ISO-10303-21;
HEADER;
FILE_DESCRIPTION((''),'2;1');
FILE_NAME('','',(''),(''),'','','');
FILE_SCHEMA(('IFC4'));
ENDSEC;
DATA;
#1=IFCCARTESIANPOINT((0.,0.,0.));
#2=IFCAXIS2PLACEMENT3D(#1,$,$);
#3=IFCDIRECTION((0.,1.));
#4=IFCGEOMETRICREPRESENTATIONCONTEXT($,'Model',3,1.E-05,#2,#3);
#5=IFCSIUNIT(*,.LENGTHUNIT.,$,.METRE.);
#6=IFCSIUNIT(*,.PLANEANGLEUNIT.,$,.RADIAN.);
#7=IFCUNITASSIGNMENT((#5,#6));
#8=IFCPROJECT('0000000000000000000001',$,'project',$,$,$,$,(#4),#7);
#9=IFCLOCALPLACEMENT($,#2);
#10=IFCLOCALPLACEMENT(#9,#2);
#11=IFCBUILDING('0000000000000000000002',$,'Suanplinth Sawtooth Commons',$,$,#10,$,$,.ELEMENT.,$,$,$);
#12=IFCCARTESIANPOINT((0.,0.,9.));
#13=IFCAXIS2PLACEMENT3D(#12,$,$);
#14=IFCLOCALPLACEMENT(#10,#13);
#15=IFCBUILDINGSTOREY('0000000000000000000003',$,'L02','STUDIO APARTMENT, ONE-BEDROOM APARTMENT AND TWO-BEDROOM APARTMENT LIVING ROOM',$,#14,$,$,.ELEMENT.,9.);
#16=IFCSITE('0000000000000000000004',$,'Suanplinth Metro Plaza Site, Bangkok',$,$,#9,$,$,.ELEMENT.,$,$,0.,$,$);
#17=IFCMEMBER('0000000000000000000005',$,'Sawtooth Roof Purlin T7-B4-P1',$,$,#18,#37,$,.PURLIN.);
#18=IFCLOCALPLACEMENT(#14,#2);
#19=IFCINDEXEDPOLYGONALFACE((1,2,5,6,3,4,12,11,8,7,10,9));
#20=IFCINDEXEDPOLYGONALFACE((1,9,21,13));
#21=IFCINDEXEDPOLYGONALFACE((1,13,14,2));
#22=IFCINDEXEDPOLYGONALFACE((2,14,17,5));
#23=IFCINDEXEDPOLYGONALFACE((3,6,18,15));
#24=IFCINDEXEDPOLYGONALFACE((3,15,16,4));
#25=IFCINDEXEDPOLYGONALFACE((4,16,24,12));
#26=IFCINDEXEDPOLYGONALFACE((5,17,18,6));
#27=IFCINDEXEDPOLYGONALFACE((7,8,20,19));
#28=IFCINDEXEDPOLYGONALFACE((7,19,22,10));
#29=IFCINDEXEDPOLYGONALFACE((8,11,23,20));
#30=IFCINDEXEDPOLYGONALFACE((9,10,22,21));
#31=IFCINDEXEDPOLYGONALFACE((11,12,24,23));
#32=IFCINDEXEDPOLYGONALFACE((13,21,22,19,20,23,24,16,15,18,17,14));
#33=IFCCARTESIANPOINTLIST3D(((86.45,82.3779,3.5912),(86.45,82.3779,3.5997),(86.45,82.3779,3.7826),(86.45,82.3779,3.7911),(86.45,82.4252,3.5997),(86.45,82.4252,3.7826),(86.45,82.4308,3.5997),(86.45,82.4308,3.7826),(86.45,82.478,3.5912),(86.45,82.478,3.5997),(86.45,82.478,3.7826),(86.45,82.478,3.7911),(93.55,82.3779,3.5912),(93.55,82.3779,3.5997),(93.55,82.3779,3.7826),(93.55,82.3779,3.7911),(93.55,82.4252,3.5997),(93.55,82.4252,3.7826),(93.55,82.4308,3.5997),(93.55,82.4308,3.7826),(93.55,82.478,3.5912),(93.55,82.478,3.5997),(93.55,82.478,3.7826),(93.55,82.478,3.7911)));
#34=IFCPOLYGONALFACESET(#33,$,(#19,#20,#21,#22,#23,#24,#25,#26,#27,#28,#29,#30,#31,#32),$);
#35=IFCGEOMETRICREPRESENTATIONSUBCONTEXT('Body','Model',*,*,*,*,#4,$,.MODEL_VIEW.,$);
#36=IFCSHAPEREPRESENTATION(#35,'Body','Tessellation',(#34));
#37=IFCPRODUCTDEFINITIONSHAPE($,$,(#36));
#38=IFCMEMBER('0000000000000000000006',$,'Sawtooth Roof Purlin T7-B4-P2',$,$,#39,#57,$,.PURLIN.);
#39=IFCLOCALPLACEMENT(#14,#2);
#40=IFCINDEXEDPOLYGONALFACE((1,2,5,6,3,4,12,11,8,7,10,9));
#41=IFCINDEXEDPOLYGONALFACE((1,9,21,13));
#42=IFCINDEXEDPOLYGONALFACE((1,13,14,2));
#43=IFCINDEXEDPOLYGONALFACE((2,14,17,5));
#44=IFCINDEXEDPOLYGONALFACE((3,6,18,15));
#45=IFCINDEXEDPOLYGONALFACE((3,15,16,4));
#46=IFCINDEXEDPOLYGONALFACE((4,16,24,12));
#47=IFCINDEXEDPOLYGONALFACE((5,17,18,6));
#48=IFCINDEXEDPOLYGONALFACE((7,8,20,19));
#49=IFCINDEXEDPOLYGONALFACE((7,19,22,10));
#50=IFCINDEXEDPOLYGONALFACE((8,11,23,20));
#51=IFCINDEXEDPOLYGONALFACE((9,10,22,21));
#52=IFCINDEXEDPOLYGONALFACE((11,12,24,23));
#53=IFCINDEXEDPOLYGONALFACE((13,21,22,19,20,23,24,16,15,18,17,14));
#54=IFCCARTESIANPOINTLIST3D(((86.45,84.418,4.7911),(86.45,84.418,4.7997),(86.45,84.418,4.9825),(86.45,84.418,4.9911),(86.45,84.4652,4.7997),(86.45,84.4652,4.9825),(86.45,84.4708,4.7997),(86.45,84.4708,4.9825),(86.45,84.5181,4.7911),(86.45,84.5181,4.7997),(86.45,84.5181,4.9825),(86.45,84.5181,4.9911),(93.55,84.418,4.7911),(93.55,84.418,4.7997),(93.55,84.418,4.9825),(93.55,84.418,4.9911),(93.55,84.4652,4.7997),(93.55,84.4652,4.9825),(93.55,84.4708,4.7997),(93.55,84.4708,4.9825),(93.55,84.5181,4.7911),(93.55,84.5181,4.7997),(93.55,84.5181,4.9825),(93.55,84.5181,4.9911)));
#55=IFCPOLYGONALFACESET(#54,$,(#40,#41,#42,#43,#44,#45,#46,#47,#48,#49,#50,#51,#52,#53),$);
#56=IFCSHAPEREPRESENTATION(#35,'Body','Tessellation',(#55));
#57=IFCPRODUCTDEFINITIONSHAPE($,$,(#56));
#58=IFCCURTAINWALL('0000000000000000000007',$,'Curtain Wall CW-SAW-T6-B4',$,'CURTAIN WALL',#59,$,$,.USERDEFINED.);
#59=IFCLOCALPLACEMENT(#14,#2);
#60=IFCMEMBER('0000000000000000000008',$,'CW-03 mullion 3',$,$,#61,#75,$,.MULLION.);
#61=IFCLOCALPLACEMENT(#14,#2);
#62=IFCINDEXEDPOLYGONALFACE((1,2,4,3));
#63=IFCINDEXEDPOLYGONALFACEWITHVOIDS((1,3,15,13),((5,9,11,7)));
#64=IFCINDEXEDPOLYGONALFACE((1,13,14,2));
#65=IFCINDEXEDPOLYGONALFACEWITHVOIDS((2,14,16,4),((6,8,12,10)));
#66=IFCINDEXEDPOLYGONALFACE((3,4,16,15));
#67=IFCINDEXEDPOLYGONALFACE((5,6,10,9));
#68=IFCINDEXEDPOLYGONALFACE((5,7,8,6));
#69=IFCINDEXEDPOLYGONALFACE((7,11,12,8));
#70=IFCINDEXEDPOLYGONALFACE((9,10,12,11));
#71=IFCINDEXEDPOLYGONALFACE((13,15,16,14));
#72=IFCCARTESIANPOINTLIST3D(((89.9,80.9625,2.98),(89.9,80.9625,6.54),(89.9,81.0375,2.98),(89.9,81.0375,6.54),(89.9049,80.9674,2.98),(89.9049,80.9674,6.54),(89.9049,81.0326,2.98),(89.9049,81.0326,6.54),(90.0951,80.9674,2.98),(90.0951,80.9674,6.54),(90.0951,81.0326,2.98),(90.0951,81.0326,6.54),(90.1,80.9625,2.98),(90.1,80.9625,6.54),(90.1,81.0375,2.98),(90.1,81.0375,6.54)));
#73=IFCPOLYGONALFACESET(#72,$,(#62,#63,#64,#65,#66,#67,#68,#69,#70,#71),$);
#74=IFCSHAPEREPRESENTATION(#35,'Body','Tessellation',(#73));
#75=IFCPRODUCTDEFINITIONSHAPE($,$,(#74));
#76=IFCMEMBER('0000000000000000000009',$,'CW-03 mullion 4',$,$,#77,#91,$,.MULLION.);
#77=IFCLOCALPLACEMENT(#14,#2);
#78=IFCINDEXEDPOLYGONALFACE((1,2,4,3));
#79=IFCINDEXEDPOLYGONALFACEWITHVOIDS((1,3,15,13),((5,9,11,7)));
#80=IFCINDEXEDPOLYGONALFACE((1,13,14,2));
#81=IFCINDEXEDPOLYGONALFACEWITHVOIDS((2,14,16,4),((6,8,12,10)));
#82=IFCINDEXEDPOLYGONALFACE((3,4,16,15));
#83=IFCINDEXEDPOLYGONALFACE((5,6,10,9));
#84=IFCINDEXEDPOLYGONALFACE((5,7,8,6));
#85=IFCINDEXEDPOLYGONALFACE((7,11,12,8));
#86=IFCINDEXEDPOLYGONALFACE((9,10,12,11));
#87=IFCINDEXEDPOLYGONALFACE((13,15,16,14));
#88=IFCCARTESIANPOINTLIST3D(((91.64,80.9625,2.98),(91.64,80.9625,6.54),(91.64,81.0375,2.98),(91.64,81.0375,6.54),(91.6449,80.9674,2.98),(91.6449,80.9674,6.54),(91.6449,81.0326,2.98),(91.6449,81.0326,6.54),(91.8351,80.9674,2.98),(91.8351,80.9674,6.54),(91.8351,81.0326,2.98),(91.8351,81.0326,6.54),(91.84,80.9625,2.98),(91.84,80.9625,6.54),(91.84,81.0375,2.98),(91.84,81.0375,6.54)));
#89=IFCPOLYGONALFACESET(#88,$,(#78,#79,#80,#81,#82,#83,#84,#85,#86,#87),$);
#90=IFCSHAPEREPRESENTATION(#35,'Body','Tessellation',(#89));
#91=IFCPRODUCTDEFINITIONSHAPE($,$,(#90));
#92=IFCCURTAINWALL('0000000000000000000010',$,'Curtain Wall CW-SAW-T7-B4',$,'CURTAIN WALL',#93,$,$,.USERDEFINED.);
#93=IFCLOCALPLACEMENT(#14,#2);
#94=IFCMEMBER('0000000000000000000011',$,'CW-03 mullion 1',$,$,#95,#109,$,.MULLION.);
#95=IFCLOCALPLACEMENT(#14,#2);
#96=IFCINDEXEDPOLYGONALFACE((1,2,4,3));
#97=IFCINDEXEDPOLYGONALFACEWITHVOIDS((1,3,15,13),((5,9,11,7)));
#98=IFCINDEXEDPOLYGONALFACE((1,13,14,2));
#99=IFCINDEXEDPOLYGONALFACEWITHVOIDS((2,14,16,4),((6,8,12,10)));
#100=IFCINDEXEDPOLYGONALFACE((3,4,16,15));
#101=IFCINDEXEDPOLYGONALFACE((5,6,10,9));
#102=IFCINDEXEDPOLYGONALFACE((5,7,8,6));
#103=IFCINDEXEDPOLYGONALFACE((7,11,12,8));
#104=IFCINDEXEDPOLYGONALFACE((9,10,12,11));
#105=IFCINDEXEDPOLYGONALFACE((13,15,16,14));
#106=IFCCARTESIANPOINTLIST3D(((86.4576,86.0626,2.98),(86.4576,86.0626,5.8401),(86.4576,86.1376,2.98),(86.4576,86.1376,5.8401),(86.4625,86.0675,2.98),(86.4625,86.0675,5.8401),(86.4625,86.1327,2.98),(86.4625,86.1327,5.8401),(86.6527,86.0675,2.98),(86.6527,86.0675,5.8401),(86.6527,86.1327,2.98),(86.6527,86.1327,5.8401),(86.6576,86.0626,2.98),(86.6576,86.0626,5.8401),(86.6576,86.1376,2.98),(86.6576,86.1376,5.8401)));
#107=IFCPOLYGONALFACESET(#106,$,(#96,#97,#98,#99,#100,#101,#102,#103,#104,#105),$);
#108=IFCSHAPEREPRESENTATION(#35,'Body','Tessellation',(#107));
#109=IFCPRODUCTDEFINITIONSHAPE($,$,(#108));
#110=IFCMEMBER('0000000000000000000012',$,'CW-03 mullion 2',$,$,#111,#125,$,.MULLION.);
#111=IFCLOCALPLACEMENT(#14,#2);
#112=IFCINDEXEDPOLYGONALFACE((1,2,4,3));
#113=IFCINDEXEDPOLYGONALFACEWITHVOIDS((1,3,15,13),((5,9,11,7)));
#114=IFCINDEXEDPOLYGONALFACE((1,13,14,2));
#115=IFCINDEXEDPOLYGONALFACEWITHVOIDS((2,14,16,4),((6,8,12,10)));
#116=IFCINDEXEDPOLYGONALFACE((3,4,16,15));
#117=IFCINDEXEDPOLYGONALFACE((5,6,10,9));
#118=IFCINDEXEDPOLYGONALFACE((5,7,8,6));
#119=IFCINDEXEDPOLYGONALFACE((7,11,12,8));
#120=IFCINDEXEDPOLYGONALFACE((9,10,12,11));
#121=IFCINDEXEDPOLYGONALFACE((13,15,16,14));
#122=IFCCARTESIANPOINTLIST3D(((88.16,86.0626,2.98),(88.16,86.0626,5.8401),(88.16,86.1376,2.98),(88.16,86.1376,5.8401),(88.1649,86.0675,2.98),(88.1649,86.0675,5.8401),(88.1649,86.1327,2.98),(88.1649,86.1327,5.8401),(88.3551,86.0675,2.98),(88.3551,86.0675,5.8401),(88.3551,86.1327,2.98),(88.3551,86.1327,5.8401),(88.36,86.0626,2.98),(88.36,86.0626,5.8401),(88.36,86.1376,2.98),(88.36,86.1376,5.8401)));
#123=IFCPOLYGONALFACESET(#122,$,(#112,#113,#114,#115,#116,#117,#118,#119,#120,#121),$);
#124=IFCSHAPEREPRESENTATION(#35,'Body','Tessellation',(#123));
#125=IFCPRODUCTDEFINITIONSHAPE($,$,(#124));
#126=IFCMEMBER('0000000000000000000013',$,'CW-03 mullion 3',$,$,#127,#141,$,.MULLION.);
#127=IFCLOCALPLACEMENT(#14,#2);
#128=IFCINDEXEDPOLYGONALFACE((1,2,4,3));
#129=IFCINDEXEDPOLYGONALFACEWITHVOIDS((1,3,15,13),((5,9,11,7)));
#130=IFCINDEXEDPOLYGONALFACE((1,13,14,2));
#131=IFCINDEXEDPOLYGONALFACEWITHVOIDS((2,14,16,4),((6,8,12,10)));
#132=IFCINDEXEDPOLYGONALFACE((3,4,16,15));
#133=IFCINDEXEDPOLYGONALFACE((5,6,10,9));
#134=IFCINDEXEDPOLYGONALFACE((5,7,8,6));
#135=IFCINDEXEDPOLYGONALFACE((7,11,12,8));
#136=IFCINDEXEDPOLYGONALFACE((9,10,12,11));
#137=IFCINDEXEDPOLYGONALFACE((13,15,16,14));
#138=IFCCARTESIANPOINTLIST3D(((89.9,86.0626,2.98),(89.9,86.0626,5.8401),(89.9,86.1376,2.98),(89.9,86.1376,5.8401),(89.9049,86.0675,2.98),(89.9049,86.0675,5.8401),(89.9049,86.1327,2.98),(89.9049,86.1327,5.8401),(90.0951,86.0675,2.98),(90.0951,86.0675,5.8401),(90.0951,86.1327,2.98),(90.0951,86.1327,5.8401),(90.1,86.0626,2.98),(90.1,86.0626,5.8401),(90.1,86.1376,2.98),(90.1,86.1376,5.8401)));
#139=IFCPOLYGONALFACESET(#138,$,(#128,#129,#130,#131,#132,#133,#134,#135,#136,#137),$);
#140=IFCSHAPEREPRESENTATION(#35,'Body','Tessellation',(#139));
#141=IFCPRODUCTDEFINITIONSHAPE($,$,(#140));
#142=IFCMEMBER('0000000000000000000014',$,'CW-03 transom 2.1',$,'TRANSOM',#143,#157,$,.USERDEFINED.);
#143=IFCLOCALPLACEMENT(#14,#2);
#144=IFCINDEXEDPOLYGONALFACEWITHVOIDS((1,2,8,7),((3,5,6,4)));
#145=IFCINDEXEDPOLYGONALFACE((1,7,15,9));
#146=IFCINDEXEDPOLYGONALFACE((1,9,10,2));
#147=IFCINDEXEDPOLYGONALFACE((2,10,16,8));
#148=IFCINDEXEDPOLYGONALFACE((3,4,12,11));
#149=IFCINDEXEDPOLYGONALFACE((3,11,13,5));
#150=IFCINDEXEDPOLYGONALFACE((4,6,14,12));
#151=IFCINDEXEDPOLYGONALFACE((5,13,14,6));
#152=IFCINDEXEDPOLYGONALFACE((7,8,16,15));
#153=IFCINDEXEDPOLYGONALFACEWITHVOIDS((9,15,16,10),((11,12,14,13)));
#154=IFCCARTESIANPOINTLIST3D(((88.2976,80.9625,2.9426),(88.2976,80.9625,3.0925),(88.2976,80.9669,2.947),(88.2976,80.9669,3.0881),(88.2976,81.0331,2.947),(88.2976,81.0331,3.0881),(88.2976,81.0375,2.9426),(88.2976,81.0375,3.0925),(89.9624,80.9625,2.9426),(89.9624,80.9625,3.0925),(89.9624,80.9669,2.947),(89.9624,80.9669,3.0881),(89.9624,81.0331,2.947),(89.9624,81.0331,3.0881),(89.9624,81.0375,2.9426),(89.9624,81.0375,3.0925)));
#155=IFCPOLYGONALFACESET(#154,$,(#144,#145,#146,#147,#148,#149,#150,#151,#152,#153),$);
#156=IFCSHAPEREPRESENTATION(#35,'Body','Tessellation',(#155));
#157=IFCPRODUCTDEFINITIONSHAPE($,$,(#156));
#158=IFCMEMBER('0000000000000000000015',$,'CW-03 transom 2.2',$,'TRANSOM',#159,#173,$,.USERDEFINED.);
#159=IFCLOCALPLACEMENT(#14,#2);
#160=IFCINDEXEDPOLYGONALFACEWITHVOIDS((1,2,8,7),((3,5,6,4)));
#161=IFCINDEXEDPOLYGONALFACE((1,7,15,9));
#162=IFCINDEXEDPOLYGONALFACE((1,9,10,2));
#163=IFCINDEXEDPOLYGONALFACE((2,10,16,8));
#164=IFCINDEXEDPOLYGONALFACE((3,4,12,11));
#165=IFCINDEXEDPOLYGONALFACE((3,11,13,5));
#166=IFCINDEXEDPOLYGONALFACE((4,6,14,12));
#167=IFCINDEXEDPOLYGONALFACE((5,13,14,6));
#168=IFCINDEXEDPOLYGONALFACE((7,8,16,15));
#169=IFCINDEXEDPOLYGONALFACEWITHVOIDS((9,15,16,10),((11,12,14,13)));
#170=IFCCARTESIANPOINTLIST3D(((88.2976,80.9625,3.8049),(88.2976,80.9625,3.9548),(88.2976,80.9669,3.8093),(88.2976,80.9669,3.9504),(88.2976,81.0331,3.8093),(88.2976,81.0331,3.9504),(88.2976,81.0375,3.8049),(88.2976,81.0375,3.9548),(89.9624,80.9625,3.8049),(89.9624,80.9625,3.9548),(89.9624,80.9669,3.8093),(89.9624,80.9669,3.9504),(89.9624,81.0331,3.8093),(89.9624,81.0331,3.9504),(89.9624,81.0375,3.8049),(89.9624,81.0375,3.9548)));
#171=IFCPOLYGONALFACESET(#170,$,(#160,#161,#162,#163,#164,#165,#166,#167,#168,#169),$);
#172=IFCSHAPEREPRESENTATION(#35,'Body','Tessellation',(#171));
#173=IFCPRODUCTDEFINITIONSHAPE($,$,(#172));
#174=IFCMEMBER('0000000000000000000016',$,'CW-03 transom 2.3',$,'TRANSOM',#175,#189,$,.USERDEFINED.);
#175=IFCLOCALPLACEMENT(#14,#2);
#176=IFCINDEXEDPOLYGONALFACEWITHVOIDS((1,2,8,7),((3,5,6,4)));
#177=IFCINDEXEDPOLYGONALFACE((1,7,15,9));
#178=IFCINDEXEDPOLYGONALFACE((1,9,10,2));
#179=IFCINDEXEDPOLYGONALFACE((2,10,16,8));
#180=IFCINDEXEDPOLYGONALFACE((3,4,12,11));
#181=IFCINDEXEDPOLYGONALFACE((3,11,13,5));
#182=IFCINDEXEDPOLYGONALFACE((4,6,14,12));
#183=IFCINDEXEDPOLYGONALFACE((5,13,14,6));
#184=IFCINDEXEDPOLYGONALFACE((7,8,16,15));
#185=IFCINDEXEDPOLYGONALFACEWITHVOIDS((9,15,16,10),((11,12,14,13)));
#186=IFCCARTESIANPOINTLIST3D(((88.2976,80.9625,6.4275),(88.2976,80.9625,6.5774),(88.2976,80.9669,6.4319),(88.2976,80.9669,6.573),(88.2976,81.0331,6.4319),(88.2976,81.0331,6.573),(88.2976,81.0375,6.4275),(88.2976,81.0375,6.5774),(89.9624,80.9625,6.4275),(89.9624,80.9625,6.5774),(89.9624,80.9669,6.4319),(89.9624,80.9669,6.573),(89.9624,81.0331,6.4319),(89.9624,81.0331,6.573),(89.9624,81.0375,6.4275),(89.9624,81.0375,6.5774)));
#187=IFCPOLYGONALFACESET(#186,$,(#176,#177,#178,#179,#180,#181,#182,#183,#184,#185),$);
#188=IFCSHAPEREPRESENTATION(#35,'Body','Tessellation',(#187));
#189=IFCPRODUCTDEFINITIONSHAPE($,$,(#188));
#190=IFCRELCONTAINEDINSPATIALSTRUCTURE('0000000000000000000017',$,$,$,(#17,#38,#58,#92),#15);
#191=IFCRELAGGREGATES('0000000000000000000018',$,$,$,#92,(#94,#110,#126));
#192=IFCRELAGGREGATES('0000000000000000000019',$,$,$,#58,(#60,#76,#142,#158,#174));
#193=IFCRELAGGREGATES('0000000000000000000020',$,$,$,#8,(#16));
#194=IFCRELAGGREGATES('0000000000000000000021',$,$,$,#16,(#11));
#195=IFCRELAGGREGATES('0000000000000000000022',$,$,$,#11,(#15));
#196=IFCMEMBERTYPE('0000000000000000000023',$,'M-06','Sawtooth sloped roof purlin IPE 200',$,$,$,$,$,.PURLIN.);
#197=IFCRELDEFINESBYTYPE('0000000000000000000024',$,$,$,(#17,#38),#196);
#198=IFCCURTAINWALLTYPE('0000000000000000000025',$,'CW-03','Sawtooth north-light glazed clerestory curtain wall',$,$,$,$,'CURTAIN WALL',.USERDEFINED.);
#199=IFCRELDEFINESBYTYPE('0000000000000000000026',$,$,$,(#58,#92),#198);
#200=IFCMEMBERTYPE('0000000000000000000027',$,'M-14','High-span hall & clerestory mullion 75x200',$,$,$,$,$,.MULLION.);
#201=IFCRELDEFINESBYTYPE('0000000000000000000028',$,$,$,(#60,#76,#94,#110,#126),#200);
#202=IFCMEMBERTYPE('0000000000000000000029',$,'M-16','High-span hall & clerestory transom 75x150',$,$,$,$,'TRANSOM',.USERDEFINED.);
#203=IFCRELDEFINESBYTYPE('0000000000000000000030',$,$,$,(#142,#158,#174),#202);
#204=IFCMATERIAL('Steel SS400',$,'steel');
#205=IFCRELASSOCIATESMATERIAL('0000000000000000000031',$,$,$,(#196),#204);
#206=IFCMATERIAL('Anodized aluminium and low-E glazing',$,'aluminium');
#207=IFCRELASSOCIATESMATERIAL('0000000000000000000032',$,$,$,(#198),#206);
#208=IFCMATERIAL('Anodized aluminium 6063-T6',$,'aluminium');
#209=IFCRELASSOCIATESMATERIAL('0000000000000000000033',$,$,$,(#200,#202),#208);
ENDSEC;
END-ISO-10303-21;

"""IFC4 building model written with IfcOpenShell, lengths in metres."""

from ifc_helpers import new_model, si_unit, direction, frame, origin, origin_2d, place, context, subcontext, project, spatial, hollow_rectangle, i_section, extrude, material, material_profile, profile_set, type_object, element, aggregate, save


model = new_model("IFC4")

# Units and contexts
model_context = context("Model", 3, precision=1e-05, world=origin(), true_north=direction((0.0, 1.0)))
body_context = subcontext(model_context, "Body", "Model", "MODEL_VIEW")
ifc_project = project(units=[si_unit("LENGTHUNIT", "METRE"), si_unit("PLANEANGLEUNIT", "RADIAN")], contexts=[model_context])

# Site, building, storey
site_placement = place(None, origin())
site = spatial("IfcSite", under=ifc_project, at=site_placement, Name="Suanplinth Metro Plaza Site, Bangkok", CompositionType="ELEMENT", RefElevation=0.0)
building_placement = place(site_placement, origin())
building = spatial("IfcBuilding", under=site, at=building_placement, Name="Suanplinth Sawtooth Commons", CompositionType="ELEMENT")
storey_placement = place(building_placement, frame((0.0, 0.0, 9.0)))
storey = spatial("IfcBuildingStorey", under=building, at=storey_placement, Name="L02", Description="STUDIO APARTMENT, ONE-BEDROOM APARTMENT AND TWO-BEDROOM APARTMENT LIVING ROOM", CompositionType="ELEMENT", Elevation=9.0)

# Members
ifc_material_1 = material(Name="Steel SS400", Category="steel")
ifc_material_profile_1 = material_profile(ifc_material_1, i_section(OverallWidth=0.1001, OverallDepth=0.2, WebThickness=0.0056, FlangeThickness=0.0085, at=origin_2d()), Name="IPE 200")
ifc_profile_set_1 = profile_set([ifc_material_profile_1], Name="Steel SS400")
member_type_1 = type_object("IfcMemberType", Name="M-06", Description="Sawtooth sloped roof purlin IPE 200", PredefinedType="PURLIN", material=ifc_profile_set_1)
for number, where, z_axis, x_axis, name in (
    (1, (86.45, 82.428, 3.6912), (1.0, 0.0, 0.0), (0.0, 1.0, 0.0), "Sawtooth Roof Purlin T7-B4-P1"),
    (2, (86.45, 84.468, 4.8911), (1.0, 0.0, 0.0), (0.0, 1.0, 0.0), "Sawtooth Roof Purlin T7-B4-P2"),
):
    element("IfcMember", number, at=place(storey_placement, frame(where, z_axis=z_axis, x_axis=x_axis)), inside=storey, type_object=member_type_1, Name=name, PredefinedType="PURLIN", context=body_context, shape_type="SweptSolid", body=[
        extrude(i_section(OverallWidth=0.1001, OverallDepth=0.2, WebThickness=0.0056, FlangeThickness=0.0085, at=origin_2d()), origin(), (0.0, 0.0, 1.0), 7.1001),
    ])

# Curtain walls, members
ifc_material_2 = material(Name="Anodized aluminium and low-E glazing", Category="aluminium")
curtain_wall_type = type_object("IfcCurtainWallType", Name="CW-03", Description="Sawtooth north-light glazed clerestory curtain wall", ElementType="CURTAIN WALL", PredefinedType="USERDEFINED", material=ifc_material_2)
curtain_wall_1_placement = place(storey_placement, origin())
curtain_wall_1 = element("IfcCurtainWall", 3, at=curtain_wall_1_placement, inside=storey, type_object=curtain_wall_type, Name="Curtain Wall CW-SAW-T6-B4", ObjectType="CURTAIN WALL", PredefinedType="USERDEFINED")
ifc_material_3 = material(Name="Anodized aluminium 6063-T6", Category="aluminium")
ifc_material_profile_2 = material_profile(ifc_material_3, hollow_rectangle(XDim=0.075, YDim=0.2, WallThickness=0.0049, at=origin_2d()), Name="ALU-MUL 75x200")
ifc_profile_set_2 = profile_set([ifc_material_profile_2], Name="Anodized aluminium 6063-T6")
member_type_2 = type_object("IfcMemberType", Name="M-14", Description="High-span hall & clerestory mullion 75x200", PredefinedType="MULLION", material=ifc_profile_set_2)
member_1_placement = place(storey_placement, frame((90.0, 81.0, 2.98), z_axis=(0.0, 0.0, 1.0), x_axis=(0.0, 1.0, 0.0)))
member_1 = element("IfcMember", 4, at=member_1_placement, type_object=member_type_2, Name="CW-03 mullion 3", PredefinedType="MULLION", context=body_context, shape_type="SweptSolid", body=[
    extrude(hollow_rectangle(XDim=0.075, YDim=0.2, WallThickness=0.0049, at=origin_2d()), origin(), (0.0, 0.0, 1.0), 3.5601),
])
member_2_placement = place(storey_placement, frame((91.74, 81.0, 2.98), z_axis=(0.0, 0.0, 1.0), x_axis=(0.0, 1.0, 0.0)))
member_2 = element("IfcMember", 5, at=member_2_placement, type_object=member_type_2, Name="CW-03 mullion 4", PredefinedType="MULLION", context=body_context, shape_type="SweptSolid", body=[
    extrude(hollow_rectangle(XDim=0.075, YDim=0.2, WallThickness=0.0049, at=origin_2d()), origin(), (0.0, 0.0, 1.0), 3.5601),
])
curtain_wall_2_placement = place(storey_placement, origin())
curtain_wall_2 = element("IfcCurtainWall", 6, at=curtain_wall_2_placement, inside=storey, type_object=curtain_wall_type, Name="Curtain Wall CW-SAW-T7-B4", ObjectType="CURTAIN WALL", PredefinedType="USERDEFINED")
member_3_placement = place(storey_placement, frame((86.5576, 86.1001, 2.98), z_axis=(0.0, 0.0, 1.0), x_axis=(0.0, 1.0, 0.0)))
member_3 = element("IfcMember", 7, at=member_3_placement, type_object=member_type_2, Name="CW-03 mullion 1", PredefinedType="MULLION", context=body_context, shape_type="SweptSolid", body=[
    extrude(hollow_rectangle(XDim=0.075, YDim=0.2, WallThickness=0.0049, at=origin_2d()), origin(), (0.0, 0.0, 1.0), 2.8601),
])
member_4_placement = place(storey_placement, frame((88.26, 86.1001, 2.98), z_axis=(0.0, 0.0, 1.0), x_axis=(0.0, 1.0, 0.0)))
member_4 = element("IfcMember", 8, at=member_4_placement, type_object=member_type_2, Name="CW-03 mullion 2", PredefinedType="MULLION", context=body_context, shape_type="SweptSolid", body=[
    extrude(hollow_rectangle(XDim=0.075, YDim=0.2, WallThickness=0.0049, at=origin_2d()), origin(), (0.0, 0.0, 1.0), 2.8601),
])
member_5_placement = place(storey_placement, frame((90.0, 86.1001, 2.98), z_axis=(0.0, 0.0, 1.0), x_axis=(0.0, 1.0, 0.0)))
member_5 = element("IfcMember", 9, at=member_5_placement, type_object=member_type_2, Name="CW-03 mullion 3", PredefinedType="MULLION", context=body_context, shape_type="SweptSolid", body=[
    extrude(hollow_rectangle(XDim=0.075, YDim=0.2, WallThickness=0.0049, at=origin_2d()), origin(), (0.0, 0.0, 1.0), 2.8601),
])

# Members
ifc_material_profile_3 = material_profile(ifc_material_3, hollow_rectangle(XDim=0.075, YDim=0.1499, WallThickness=0.0044, at=origin_2d()), Name="ALU-TRN 75x150")
ifc_profile_set_3 = profile_set([ifc_material_profile_3], Name="Anodized aluminium 6063-T6")
member_type_3 = type_object("IfcMemberType", Name="M-16", Description="High-span hall & clerestory transom 75x150", ElementType="TRANSOM", PredefinedType="USERDEFINED", material=ifc_profile_set_3)
member_6_placement = place(storey_placement, frame((88.2976, 81.0, 3.0176), z_axis=(1.0, 0.0, 0.0), x_axis=(0.0, 1.0, 0.0)))
member_6 = element("IfcMember", 10, at=member_6_placement, type_object=member_type_3, Name="CW-03 transom 2.1", ObjectType="TRANSOM", PredefinedType="USERDEFINED", context=body_context, shape_type="SweptSolid", body=[
    extrude(hollow_rectangle(XDim=0.075, YDim=0.1499, WallThickness=0.0044, at=origin_2d()), origin(), (0.0, 0.0, 1.0), 1.6648),
])
member_7_placement = place(storey_placement, frame((88.2976, 81.0, 3.8799), z_axis=(1.0, 0.0, 0.0), x_axis=(0.0, 1.0, 0.0)))
member_7 = element("IfcMember", 11, at=member_7_placement, type_object=member_type_3, Name="CW-03 transom 2.2", ObjectType="TRANSOM", PredefinedType="USERDEFINED", context=body_context, shape_type="SweptSolid", body=[
    extrude(hollow_rectangle(XDim=0.075, YDim=0.1499, WallThickness=0.0044, at=origin_2d()), origin(), (0.0, 0.0, 1.0), 1.6648),
])
member_8_placement = place(storey_placement, frame((88.2976, 81.0, 6.5024), z_axis=(1.0, 0.0, 0.0), x_axis=(0.0, 1.0, 0.0)))
member_8 = element("IfcMember", 12, at=member_8_placement, type_object=member_type_3, Name="CW-03 transom 2.3", ObjectType="TRANSOM", PredefinedType="USERDEFINED", context=body_context, shape_type="SweptSolid", body=[
    extrude(hollow_rectangle(XDim=0.075, YDim=0.1499, WallThickness=0.0044, at=origin_2d()), origin(), (0.0, 0.0, 1.0), 1.6648),
])

aggregate(curtain_wall_2, [member_3, member_4, member_5])
aggregate(curtain_wall_1, [member_1, member_2, member_6, member_7, member_8])

save(model, "model.ifc")
